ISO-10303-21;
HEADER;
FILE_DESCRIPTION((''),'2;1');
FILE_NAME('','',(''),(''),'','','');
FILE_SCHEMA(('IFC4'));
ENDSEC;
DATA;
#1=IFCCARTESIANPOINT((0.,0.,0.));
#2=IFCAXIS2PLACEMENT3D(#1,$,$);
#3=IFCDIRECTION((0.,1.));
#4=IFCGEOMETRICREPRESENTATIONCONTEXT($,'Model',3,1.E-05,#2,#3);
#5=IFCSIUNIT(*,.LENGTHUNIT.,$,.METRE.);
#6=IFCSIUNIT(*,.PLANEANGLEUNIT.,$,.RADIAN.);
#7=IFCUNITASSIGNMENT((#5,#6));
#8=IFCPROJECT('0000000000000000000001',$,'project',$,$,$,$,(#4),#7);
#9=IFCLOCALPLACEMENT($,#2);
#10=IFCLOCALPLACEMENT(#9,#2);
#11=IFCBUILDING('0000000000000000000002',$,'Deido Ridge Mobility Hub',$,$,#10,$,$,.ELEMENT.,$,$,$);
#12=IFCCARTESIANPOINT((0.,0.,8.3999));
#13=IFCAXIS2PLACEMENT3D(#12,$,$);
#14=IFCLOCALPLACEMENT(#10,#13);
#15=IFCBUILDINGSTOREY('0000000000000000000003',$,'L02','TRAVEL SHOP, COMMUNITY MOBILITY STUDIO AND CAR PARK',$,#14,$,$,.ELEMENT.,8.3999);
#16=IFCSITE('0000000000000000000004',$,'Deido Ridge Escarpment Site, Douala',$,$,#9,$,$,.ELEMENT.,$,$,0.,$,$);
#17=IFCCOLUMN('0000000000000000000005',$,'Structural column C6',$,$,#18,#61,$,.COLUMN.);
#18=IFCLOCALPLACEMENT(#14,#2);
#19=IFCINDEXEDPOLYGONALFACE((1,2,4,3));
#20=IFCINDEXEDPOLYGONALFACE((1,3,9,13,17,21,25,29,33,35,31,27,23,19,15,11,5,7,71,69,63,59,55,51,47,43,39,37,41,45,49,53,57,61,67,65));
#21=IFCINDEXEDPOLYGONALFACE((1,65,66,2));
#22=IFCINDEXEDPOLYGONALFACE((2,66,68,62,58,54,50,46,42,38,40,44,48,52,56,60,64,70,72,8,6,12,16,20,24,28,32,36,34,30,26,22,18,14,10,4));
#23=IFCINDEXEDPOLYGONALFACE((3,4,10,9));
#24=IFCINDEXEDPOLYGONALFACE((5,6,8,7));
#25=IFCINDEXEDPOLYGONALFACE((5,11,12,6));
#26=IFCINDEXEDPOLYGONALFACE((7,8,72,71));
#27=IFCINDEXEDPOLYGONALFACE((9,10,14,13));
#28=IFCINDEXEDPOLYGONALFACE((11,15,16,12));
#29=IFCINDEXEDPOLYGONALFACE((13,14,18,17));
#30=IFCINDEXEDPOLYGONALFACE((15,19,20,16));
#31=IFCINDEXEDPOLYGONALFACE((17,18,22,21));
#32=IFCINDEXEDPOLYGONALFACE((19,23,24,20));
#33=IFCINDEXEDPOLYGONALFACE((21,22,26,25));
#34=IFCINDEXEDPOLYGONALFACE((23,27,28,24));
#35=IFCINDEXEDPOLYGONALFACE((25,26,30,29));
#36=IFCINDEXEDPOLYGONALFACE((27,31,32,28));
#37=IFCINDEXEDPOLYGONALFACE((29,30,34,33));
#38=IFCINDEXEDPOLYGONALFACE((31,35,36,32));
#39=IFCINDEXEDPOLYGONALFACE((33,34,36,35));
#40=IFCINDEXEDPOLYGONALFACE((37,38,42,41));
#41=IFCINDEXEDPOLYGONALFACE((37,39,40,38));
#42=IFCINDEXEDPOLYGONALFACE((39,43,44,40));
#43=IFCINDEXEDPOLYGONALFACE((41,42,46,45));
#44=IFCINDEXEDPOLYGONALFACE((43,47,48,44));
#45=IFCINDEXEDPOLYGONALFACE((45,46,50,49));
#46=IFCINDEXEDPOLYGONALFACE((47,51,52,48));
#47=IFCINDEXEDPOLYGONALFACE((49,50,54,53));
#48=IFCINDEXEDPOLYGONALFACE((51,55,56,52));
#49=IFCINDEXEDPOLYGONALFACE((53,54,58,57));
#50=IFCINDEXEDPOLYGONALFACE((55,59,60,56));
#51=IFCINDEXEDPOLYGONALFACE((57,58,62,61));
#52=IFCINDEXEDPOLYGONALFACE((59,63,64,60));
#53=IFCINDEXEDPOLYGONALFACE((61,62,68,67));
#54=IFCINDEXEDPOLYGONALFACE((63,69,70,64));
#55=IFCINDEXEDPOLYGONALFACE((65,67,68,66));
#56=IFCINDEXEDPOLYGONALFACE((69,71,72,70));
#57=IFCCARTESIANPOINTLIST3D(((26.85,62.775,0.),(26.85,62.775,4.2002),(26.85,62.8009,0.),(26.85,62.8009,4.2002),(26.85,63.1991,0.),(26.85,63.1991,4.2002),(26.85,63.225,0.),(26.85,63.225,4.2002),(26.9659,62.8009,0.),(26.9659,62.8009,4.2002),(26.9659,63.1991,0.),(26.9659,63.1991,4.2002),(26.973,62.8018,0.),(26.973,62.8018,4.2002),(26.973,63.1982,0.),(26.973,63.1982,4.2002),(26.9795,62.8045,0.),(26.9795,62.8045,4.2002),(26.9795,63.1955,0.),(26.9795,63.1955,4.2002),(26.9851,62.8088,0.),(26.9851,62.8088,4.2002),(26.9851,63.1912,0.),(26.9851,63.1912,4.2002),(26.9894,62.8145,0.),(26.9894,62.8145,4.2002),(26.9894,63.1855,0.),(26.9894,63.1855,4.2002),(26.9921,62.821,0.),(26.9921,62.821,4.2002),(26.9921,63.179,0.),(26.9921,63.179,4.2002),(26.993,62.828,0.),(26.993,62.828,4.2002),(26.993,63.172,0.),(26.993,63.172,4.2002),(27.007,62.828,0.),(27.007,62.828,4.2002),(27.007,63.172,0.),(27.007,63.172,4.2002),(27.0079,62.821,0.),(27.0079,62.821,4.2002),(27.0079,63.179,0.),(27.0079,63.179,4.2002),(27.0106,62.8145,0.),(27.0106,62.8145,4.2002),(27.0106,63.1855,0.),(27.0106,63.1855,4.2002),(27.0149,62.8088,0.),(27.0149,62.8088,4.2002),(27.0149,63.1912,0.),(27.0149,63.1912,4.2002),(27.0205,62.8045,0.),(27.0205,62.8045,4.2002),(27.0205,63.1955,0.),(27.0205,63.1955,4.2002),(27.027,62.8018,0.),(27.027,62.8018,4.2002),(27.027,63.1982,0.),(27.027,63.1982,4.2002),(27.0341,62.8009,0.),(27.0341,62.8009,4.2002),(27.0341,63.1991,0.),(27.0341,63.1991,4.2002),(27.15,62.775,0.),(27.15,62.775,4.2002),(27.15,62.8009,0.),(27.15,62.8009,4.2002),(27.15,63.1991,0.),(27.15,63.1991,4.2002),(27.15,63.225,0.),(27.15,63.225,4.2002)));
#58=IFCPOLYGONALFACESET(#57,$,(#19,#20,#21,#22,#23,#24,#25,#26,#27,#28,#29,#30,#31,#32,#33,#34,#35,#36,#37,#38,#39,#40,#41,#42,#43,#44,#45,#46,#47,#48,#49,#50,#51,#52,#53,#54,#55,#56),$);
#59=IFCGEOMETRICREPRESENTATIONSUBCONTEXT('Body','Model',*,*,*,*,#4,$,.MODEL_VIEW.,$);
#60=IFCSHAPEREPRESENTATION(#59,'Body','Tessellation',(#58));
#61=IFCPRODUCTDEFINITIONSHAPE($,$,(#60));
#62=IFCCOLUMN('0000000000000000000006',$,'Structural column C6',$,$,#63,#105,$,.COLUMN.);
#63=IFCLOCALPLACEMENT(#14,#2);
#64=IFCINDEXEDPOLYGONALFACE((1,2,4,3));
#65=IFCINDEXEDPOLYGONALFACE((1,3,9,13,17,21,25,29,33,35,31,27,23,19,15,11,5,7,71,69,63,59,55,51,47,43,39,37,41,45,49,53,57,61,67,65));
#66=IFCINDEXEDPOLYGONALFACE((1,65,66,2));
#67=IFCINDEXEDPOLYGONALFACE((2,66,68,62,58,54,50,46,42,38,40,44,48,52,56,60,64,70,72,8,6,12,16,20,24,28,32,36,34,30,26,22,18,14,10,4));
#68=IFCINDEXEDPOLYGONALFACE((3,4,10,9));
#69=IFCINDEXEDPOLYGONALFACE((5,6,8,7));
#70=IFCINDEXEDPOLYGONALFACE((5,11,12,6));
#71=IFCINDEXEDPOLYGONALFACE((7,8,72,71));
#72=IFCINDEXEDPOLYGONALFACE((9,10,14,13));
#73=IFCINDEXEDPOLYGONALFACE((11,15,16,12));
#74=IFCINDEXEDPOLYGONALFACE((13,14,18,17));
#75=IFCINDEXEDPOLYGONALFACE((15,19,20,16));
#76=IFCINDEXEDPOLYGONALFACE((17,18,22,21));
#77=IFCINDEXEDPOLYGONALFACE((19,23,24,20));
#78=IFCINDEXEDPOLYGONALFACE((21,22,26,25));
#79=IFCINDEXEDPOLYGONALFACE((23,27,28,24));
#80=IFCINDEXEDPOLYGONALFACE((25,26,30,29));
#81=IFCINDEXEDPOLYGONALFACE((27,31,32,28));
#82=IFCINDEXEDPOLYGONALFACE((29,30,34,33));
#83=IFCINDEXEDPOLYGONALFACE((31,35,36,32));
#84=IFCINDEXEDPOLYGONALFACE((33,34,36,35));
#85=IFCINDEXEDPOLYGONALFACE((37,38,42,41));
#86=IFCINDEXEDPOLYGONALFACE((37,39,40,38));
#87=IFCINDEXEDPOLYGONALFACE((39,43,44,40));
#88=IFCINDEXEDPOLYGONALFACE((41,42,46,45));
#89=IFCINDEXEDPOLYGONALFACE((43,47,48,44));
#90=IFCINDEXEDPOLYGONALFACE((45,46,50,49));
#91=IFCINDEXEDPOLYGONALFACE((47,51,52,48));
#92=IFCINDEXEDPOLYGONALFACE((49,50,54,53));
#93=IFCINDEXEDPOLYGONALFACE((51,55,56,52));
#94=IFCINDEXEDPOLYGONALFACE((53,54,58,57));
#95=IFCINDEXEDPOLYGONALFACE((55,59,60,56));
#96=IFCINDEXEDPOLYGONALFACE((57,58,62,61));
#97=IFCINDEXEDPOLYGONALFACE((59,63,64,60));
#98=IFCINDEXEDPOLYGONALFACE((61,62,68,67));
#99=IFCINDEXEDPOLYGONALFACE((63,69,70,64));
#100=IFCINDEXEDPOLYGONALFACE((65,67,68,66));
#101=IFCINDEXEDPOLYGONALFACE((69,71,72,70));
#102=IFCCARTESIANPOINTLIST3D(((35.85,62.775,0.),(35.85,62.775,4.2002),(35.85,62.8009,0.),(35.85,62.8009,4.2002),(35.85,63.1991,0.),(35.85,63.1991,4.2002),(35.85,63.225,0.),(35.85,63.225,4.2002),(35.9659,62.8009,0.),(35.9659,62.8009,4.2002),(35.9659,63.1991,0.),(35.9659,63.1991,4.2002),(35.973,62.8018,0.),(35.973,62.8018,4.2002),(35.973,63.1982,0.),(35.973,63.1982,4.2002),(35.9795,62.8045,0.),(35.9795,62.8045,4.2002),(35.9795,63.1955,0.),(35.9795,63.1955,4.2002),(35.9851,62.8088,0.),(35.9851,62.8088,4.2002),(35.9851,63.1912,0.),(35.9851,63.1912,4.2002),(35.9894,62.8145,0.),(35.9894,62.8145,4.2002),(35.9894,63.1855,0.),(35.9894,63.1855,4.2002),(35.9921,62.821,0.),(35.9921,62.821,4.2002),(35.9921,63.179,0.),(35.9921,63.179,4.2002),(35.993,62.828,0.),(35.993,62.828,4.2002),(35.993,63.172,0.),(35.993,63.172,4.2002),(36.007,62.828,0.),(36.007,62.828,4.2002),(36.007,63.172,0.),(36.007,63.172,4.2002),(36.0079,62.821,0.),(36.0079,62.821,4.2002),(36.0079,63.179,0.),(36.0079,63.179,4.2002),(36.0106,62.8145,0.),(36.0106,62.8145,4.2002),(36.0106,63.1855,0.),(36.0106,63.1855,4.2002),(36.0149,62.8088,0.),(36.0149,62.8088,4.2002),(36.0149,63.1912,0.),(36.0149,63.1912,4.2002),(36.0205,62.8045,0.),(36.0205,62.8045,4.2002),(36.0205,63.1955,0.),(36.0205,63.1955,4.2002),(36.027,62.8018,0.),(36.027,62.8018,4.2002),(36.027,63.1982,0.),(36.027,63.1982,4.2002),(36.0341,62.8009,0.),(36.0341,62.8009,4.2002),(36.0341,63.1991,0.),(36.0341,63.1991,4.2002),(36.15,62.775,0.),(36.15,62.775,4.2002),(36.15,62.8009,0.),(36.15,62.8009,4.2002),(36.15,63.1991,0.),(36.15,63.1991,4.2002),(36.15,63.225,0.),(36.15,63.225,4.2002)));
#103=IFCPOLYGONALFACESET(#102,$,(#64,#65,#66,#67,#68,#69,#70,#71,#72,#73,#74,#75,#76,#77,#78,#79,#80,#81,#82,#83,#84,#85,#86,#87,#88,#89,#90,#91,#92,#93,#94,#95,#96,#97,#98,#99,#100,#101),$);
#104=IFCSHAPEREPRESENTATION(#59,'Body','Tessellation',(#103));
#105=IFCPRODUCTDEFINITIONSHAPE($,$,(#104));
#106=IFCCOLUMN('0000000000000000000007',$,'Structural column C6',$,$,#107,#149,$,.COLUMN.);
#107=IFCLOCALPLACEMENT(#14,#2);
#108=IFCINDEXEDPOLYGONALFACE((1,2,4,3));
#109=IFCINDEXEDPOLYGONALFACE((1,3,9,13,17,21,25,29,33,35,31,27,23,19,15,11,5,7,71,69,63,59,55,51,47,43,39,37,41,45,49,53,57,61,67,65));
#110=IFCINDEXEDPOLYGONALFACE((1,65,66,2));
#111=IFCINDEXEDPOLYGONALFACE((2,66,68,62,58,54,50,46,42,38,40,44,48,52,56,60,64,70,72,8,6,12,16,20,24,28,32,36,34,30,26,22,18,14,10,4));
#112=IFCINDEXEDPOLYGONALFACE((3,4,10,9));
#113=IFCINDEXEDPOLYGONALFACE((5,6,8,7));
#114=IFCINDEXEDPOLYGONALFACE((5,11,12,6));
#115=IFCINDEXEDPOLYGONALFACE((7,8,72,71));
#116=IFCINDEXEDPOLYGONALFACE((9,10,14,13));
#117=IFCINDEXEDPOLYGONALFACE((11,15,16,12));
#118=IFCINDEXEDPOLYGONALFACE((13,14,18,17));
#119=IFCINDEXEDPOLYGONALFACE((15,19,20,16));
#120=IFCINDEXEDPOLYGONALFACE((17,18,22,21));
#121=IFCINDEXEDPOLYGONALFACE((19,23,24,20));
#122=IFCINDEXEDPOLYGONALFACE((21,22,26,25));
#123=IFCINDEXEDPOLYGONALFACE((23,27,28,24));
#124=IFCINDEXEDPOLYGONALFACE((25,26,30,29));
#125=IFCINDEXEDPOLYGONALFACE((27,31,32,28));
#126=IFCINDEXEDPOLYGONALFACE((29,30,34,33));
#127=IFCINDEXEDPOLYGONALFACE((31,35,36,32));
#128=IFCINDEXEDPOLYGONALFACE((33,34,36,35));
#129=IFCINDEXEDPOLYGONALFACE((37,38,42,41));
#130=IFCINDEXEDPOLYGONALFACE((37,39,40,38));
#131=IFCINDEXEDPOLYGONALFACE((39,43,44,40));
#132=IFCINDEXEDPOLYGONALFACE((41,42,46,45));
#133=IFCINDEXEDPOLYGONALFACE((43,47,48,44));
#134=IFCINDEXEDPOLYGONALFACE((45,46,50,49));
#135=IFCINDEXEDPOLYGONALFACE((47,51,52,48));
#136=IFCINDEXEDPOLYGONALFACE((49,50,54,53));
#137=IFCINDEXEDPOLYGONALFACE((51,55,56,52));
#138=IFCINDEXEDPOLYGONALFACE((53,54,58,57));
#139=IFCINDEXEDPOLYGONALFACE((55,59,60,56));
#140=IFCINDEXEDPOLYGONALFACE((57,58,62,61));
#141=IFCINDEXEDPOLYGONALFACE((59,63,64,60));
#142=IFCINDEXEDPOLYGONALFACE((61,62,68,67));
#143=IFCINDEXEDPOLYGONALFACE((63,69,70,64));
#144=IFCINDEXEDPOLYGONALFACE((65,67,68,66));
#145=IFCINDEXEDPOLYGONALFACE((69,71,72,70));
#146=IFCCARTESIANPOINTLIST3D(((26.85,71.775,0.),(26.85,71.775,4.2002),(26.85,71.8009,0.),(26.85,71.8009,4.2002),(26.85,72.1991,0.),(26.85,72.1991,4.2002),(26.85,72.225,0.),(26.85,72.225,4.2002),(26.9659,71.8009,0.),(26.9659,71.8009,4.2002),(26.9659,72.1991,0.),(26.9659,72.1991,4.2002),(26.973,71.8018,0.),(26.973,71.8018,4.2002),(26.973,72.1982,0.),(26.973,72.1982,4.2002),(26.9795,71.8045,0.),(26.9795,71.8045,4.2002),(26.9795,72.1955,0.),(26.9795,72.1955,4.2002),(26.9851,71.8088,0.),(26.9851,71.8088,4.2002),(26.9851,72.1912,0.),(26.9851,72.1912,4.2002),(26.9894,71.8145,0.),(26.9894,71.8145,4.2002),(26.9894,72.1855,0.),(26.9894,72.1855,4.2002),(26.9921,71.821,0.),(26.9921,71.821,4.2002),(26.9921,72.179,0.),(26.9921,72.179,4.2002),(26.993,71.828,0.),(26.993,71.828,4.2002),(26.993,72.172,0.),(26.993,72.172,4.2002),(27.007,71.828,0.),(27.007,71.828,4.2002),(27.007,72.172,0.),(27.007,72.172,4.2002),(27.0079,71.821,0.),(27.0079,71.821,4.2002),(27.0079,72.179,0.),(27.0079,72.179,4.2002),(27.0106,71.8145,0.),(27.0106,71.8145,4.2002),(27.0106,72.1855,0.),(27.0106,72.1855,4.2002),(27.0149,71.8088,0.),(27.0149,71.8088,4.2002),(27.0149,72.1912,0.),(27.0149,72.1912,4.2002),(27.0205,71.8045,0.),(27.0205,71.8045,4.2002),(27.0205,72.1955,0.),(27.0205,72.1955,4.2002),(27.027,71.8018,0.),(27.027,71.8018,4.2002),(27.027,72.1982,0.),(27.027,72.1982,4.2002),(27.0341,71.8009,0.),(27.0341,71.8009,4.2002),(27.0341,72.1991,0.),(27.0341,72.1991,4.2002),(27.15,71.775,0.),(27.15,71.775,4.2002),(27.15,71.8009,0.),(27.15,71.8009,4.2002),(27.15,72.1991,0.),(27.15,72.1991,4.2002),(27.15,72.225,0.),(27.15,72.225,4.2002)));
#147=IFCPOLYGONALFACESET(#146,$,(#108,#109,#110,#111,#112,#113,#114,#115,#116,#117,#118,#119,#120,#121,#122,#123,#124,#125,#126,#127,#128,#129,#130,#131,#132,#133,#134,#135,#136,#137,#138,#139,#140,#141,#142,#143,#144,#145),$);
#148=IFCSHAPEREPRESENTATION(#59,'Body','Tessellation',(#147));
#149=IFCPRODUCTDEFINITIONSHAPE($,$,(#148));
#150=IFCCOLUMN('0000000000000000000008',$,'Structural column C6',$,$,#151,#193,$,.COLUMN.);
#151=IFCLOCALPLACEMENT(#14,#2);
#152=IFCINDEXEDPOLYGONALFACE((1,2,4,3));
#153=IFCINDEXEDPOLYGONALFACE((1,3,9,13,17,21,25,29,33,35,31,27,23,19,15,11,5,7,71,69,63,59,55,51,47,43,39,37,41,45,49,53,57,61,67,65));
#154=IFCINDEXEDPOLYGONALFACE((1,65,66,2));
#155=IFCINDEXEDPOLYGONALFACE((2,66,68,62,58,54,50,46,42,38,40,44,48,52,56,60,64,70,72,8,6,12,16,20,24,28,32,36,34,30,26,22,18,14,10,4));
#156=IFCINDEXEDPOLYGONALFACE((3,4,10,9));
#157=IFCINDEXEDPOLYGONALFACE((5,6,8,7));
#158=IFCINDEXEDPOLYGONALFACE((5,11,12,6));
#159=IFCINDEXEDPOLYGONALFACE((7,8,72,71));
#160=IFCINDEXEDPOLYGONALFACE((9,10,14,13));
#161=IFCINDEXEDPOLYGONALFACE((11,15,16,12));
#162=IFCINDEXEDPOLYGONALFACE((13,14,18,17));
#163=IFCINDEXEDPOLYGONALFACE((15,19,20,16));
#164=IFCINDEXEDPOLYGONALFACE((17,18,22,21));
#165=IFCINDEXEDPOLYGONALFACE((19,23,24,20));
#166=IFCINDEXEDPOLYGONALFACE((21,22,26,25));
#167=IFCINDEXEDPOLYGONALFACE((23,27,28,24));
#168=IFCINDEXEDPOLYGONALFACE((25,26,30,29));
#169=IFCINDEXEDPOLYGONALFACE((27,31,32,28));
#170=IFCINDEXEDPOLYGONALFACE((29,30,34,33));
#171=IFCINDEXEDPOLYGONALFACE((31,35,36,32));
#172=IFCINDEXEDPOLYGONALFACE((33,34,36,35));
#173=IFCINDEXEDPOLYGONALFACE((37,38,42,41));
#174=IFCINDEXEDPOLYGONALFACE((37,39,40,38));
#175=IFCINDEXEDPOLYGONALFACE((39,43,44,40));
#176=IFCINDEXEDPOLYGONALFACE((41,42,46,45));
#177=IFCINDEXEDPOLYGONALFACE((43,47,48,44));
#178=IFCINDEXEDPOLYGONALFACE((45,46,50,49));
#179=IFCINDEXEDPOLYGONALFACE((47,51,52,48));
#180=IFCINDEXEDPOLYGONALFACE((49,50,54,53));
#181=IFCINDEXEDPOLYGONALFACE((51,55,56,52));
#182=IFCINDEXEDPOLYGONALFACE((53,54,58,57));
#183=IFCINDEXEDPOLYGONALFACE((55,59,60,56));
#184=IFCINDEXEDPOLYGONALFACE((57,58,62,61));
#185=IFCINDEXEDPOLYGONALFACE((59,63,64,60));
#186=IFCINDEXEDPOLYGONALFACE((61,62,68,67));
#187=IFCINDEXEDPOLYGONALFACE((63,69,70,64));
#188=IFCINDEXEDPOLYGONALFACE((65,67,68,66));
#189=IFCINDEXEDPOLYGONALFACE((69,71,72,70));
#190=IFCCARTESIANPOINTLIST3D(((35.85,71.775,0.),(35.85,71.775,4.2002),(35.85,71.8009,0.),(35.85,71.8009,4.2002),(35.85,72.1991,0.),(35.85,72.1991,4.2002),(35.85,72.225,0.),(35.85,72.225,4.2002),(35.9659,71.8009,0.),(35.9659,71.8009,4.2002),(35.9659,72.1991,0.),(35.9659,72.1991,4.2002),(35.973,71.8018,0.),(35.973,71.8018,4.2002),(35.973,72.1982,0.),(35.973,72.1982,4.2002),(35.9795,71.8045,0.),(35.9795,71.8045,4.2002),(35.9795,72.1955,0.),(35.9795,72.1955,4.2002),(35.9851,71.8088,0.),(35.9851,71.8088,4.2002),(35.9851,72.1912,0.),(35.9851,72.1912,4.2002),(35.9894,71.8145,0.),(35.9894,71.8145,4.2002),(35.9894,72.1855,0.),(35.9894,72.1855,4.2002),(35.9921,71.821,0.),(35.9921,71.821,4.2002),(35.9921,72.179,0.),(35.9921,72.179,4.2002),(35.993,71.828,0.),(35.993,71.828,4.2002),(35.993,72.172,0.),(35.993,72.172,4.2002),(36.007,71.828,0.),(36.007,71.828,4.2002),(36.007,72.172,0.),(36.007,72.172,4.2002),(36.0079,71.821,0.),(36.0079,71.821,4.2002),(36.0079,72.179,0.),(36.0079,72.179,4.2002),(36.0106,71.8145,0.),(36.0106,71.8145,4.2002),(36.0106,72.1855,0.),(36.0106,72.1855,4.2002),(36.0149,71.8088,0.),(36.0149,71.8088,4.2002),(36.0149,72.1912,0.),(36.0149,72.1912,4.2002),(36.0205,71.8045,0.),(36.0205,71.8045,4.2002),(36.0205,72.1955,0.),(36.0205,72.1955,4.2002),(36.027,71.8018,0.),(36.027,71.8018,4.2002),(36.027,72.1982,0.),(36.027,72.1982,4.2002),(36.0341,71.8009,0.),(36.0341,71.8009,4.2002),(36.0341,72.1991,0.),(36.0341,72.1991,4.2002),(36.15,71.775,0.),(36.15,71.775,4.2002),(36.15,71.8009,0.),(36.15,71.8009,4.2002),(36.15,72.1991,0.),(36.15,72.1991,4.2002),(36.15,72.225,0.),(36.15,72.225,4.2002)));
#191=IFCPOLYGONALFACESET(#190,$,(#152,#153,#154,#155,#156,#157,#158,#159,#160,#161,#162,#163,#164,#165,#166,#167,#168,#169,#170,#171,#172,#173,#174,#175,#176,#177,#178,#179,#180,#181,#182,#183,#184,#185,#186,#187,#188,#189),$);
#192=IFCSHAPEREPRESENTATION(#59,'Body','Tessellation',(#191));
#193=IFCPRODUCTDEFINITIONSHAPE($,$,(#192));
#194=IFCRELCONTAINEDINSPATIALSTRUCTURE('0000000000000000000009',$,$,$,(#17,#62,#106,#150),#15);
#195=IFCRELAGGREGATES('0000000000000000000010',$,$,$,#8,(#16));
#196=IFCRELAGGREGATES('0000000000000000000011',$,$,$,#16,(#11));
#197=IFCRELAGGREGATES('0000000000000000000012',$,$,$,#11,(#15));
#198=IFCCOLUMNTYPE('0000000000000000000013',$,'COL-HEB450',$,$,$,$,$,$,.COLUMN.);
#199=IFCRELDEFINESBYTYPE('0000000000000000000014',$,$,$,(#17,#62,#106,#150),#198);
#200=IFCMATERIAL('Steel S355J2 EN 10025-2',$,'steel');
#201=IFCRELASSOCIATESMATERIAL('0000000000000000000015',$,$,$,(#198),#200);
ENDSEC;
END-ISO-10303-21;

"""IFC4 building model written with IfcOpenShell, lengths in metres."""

from ifc_helpers import new_model, si_unit, direction, frame, origin, origin_2d, place, context, subcontext, project, spatial, i_section, extrude, material, material_profile, profile_set, type_object, element, save


model = new_model("IFC4")

# Units and contexts
model_context = context("Model", 3, precision=1e-05, world=origin(), true_north=direction((0.0, 1.0)))
body_context = subcontext(model_context, "Body", "Model", "MODEL_VIEW")
ifc_project = project(units=[si_unit("LENGTHUNIT", "METRE"), si_unit("PLANEANGLEUNIT", "RADIAN")], contexts=[model_context])

# Site, building, storey
site_placement = place(None, origin())
site = spatial("IfcSite", under=ifc_project, at=site_placement, Name="Deido Ridge Escarpment Site, Douala", CompositionType="ELEMENT", RefElevation=0.0)
building_placement = place(site_placement, origin())
building = spatial("IfcBuilding", under=site, at=building_placement, Name="Deido Ridge Mobility Hub", CompositionType="ELEMENT")
storey_placement = place(building_placement, frame((0.0, 0.0, 8.3999)))
storey = spatial("IfcBuildingStorey", under=building, at=storey_placement, Name="L02", Description="TRAVEL SHOP, COMMUNITY MOBILITY STUDIO AND CAR PARK", CompositionType="ELEMENT", Elevation=8.3999)

# Columns
ifc_material_1 = material(Name="Steel S355J2 EN 10025-2", Category="steel")
ifc_material_profile_1 = material_profile(ifc_material_1, i_section(OverallWidth=0.3, OverallDepth=0.45, WebThickness=0.0139, FlangeThickness=0.0259, FilletRadius=0.0271, at=origin_2d()), Name="HEB 450")
ifc_profile_set_1 = profile_set([ifc_material_profile_1], Name="Steel S355J2 EN 10025-2")
column_type_1 = type_object("IfcColumnType", Name="COL-HEB450", PredefinedType="COLUMN", material=ifc_profile_set_1)
for number, where, z_axis, x_axis, name in (
    (1, (27.0, 63.0, 0.0), (0.0, 0.0, 1.0), (1.0, 0.0, 0.0), "Structural column C6"),
    (2, (36.0, 63.0, 0.0), (0.0, 0.0, 1.0), (1.0, 0.0, 0.0), "Structural column C6"),
    (3, (27.0, 72.0, 0.0), (0.0, 0.0, 1.0), (1.0, 0.0, 0.0), "Structural column C6"),
    (4, (36.0, 72.0, 0.0), (0.0, 0.0, 1.0), (1.0, 0.0, 0.0), "Structural column C6"),
):
    element("IfcColumn", number, at=place(storey_placement, frame(where, z_axis=z_axis, x_axis=x_axis)), inside=storey, type_object=column_type_1, Name=name, PredefinedType="COLUMN", context=body_context, shape_type="SweptSolid", body=[
        extrude(i_section(OverallWidth=0.3, OverallDepth=0.45, WebThickness=0.0139, FlangeThickness=0.0259, FilletRadius=0.0271, at=origin_2d()), origin(), (0.0, 0.0, 1.0), 4.2002),
    ])

save(model, "model.ifc")
